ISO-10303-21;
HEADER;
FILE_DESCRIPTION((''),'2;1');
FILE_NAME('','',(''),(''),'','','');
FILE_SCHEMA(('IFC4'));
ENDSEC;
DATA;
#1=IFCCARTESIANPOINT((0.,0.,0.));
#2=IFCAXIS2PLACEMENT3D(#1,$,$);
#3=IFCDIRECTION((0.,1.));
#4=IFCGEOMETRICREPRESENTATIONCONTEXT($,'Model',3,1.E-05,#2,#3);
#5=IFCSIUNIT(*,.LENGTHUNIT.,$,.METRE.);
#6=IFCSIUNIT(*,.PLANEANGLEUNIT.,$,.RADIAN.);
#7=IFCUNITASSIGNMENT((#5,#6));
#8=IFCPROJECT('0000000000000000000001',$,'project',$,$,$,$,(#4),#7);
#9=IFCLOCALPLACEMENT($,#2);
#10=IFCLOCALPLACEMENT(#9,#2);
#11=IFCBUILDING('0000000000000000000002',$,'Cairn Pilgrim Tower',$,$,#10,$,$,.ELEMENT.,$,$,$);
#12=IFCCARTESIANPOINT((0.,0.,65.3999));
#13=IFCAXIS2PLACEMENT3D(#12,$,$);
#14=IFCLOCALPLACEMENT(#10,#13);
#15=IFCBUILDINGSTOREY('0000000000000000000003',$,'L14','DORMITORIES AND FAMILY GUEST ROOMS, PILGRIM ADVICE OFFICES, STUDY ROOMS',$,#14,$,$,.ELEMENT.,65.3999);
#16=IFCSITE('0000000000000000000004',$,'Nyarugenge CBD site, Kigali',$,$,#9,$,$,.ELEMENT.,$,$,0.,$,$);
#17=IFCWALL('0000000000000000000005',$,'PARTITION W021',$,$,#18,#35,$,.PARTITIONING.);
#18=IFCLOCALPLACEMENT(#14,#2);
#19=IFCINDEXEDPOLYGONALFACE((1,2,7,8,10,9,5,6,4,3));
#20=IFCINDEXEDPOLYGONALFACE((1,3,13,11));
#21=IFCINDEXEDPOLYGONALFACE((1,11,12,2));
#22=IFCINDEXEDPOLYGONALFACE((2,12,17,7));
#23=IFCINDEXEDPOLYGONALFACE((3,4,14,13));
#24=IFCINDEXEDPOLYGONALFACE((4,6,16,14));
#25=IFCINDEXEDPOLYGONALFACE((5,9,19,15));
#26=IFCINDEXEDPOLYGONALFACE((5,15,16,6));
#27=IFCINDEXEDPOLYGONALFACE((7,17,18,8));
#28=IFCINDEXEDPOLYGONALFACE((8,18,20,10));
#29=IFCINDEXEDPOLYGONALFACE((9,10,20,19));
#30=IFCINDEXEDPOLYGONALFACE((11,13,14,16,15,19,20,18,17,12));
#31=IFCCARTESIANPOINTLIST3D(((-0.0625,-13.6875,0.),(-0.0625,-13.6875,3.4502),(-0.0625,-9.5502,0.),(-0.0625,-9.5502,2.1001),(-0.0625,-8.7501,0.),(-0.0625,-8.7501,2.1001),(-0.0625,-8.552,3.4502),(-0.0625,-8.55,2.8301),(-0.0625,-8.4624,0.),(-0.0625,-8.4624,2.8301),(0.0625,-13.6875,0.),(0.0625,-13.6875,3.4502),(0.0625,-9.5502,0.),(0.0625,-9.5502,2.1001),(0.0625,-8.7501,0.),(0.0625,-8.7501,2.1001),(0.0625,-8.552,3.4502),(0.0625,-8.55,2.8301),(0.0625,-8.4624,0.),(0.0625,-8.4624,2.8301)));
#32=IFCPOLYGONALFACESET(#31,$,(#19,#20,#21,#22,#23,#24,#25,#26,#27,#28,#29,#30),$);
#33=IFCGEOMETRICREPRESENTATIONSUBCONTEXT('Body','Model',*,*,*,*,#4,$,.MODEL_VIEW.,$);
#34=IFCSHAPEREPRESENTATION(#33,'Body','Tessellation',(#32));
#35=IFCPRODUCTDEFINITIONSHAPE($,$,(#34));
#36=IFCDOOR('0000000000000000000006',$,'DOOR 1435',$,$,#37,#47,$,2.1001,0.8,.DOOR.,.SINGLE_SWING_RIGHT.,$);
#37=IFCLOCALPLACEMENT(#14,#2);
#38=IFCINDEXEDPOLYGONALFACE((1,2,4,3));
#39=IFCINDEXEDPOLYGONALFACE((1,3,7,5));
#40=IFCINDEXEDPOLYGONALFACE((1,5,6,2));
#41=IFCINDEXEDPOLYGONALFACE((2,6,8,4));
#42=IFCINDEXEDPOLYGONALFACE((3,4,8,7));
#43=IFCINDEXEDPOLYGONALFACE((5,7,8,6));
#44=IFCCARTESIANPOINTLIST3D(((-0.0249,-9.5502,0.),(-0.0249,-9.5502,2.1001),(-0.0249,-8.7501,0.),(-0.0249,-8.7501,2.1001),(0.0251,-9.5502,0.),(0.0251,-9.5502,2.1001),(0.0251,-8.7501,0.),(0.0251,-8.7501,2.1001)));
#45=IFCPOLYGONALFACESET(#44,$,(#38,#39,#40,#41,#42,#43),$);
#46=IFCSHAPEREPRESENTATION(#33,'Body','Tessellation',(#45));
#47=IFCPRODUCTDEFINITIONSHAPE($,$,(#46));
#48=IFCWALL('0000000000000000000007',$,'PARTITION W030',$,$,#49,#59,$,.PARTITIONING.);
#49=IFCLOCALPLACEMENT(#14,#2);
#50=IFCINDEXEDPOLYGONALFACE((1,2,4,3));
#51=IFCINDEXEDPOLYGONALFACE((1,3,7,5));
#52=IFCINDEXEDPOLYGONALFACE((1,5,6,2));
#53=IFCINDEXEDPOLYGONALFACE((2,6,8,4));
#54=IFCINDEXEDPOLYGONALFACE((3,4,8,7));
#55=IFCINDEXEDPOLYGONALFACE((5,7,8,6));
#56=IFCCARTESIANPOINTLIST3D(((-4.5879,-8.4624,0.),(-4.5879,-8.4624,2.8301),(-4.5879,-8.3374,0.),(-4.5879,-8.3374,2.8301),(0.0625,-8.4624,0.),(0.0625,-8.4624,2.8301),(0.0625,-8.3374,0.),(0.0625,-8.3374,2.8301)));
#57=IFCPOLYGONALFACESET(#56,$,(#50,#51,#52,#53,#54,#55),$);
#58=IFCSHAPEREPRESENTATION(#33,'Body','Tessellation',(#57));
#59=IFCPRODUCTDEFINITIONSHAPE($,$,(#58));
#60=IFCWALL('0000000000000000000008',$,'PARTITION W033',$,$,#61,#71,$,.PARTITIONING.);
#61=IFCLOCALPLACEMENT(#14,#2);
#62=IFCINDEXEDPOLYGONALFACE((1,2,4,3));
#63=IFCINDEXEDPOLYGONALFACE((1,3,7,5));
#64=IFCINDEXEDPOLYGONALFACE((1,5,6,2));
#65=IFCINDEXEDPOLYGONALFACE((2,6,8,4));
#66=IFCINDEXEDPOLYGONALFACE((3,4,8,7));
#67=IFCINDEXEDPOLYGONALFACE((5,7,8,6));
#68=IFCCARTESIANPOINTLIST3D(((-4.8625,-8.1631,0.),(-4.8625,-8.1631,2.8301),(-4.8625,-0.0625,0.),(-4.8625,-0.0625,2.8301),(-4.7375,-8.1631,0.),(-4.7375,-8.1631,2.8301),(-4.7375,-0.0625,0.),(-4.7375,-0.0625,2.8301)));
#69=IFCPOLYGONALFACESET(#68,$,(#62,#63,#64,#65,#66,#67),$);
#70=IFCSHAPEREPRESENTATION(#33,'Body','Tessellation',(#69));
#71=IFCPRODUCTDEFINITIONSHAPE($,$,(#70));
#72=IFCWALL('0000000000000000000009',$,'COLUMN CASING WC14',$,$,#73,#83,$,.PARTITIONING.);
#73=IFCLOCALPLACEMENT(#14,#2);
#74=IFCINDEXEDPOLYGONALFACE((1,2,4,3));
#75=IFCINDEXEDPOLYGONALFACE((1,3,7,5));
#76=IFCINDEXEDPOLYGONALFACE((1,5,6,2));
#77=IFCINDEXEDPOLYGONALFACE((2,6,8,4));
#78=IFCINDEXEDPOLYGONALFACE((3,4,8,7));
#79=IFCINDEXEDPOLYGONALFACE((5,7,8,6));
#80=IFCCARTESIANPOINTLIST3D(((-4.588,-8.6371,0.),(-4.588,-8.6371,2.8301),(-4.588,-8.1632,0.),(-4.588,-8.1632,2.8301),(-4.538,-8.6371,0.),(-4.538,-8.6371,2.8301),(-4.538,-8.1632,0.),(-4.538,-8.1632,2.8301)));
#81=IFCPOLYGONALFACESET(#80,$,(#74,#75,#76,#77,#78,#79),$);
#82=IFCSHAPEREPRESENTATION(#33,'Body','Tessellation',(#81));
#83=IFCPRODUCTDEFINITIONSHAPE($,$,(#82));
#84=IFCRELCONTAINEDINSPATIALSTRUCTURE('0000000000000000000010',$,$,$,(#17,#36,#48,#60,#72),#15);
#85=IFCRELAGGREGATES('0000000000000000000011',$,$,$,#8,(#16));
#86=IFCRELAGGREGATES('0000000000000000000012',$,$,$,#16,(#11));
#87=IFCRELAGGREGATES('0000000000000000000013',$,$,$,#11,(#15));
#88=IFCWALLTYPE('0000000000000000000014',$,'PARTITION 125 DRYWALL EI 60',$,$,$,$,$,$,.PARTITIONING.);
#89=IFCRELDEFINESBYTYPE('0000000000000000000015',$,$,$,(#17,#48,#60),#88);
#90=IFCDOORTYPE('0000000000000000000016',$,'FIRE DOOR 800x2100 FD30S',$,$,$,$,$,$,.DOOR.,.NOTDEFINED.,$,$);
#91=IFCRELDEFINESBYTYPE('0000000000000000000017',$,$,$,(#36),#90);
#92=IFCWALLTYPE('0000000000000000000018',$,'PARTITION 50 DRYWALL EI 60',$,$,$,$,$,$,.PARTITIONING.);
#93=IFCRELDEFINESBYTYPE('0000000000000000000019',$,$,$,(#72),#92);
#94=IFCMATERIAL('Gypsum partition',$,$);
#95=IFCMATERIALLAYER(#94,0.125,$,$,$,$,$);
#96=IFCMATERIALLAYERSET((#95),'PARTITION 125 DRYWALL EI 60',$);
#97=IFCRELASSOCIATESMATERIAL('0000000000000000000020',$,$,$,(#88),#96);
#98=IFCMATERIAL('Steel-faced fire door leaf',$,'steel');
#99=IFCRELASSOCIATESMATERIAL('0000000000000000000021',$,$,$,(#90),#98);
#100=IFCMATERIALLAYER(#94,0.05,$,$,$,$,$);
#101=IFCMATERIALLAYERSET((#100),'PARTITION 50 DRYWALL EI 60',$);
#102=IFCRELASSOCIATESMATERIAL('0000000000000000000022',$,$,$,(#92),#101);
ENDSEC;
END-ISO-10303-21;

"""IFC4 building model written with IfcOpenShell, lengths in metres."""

from ifc_helpers import new_model, si_unit, direction, frame, frame_2d, origin, place, context, subcontext, project, spatial, polyline, rectangle, outline, extrude, material, layer, layer_set, type_object, element, fill, save


model = new_model("IFC4")

# Units and contexts
model_context = context("Model", 3, precision=1e-05, world=origin(), true_north=direction((0.0, 1.0)))
body_context = subcontext(model_context, "Body", "Model", "MODEL_VIEW")
ifc_project = project(units=[si_unit("LENGTHUNIT", "METRE"), si_unit("PLANEANGLEUNIT", "RADIAN")], contexts=[model_context])

# Site, building, storey
site_placement = place(None, origin())
site = spatial("IfcSite", under=ifc_project, at=site_placement, Name="Nyarugenge CBD site, Kigali", CompositionType="ELEMENT", RefElevation=0.0)
building_placement = place(site_placement, origin())
building = spatial("IfcBuilding", under=site, at=building_placement, Name="Cairn Pilgrim Tower", CompositionType="ELEMENT")
storey_placement = place(building_placement, frame((0.0, 0.0, 65.3999)))
storey = spatial("IfcBuildingStorey", under=building, at=storey_placement, Name="L14", Description="DORMITORIES AND FAMILY GUEST ROOMS, PILGRIM ADVICE OFFICES, STUDY ROOMS", CompositionType="ELEMENT", Elevation=65.3999)

# Wall, opening, door
ifc_material_1 = material(Name="Gypsum partition")
ifc_layer_1 = layer(ifc_material_1, 0.125)
ifc_layer_set_1 = layer_set([ifc_layer_1], Name="PARTITION 125 DRYWALL EI 60")
wall_type_1 = type_object("IfcWallType", Name="PARTITION 125 DRYWALL EI 60", PredefinedType="PARTITIONING", material=ifc_layer_set_1)
wall_1_placement = place(storey_placement, frame((0.0, -13.6875, 0.0), z_axis=(0.0, 0.0, 1.0), x_axis=(0.0, 1.0, 0.0)))
wall_1 = element("IfcWall", 1, at=wall_1_placement, inside=storey, type_object=wall_type_1, Name="PARTITION W021", PredefinedType="PARTITIONING", context=body_context, shape_type="SweptSolid", body=[
    extrude(outline(polyline([(0.0, 0.0), (5.2251, 0.0), (5.2251, 2.8301), (5.1375, 2.8301), (5.1355, 3.4502), (0.0, 3.4502), (0.0, 0.0)])), frame((0.0, 0.0625, 0.0), z_axis=(0.0, -1.0, 0.0), x_axis=(1.0, 0.0, 0.0)), (0.0, 0.0, 1.0), 0.125),
])
opening_1_placement = place(wall_1_placement, frame((4.1375, 0.0, 0.0)))
opening_1 = element("IfcOpeningElement", 2, at=opening_1_placement, cuts=wall_1, PredefinedType="OPENING", context=body_context, shape_type="SweptSolid", body=[
    extrude(rectangle(XDim=0.8, YDim=2.1001, at=frame_2d((0.3999, 1.05))), frame((0.0, 0.0725, 0.0), z_axis=(0.0, -1.0, 0.0), x_axis=(1.0, 0.0, 0.0)), (0.0, 0.0, 1.0), 0.145),
])
ifc_material_2 = material(Name="Steel-faced fire door leaf", Category="steel")
door_type_1 = type_object("IfcDoorType", Name="FIRE DOOR 800x2100 FD30S", OperationType="NOTDEFINED", PredefinedType="DOOR", material=ifc_material_2)
door_1_placement = place(opening_1_placement, origin())
door_1 = element("IfcDoor", 3, at=door_1_placement, inside=storey, type_object=door_type_1, Name="DOOR 1435", OperationType="SINGLE_SWING_RIGHT", OverallHeight=2.1001, OverallWidth=0.8, PredefinedType="DOOR", context=body_context, shape_type="SweptSolid", body=[
    extrude(rectangle(XDim=0.8, YDim=2.1001, at=frame_2d((0.3999, 1.05))), frame((0.0, 0.0249, 0.0), z_axis=(0.0, -1.0, 0.0), x_axis=(1.0, 0.0, 0.0)), (0.0, 0.0, 1.0), 0.05),
])
fill(opening_1, door_1)

# Walls
wall_2_placement = place(storey_placement, frame((-4.5879, -8.3999, 0.0), z_axis=(0.0, 0.0, 1.0), x_axis=(1.0, 0.0, 0.0)))
element("IfcWall", 4, at=wall_2_placement, inside=storey, type_object=wall_type_1, Name="PARTITION W030", PredefinedType="PARTITIONING", context=body_context, shape_type="SweptSolid", body=[
    extrude(rectangle(XDim=4.6504, YDim=0.125, at=frame_2d((2.3252, 0.0))), origin(), (0.0, 0.0, 1.0), 2.8301),
])
wall_3_placement = place(storey_placement, frame((-4.8, -8.1631, 0.0), z_axis=(0.0, 0.0, 1.0), x_axis=(0.0, 1.0, 0.0)))
element("IfcWall", 5, at=wall_3_placement, inside=storey, type_object=wall_type_1, Name="PARTITION W033", PredefinedType="PARTITIONING", context=body_context, shape_type="SweptSolid", body=[
    extrude(rectangle(XDim=8.1006, YDim=0.125, at=frame_2d((4.0503, 0.0))), origin(), (0.0, 0.0, 1.0), 2.8301),
])
ifc_layer_2 = layer(ifc_material_1, 0.05)
ifc_layer_set_2 = layer_set([ifc_layer_2], Name="PARTITION 50 DRYWALL EI 60")
wall_type_2 = type_object("IfcWallType", Name="PARTITION 50 DRYWALL EI 60", PredefinedType="PARTITIONING", material=ifc_layer_set_2)
wall_4_placement = place(storey_placement, frame((-4.563, -8.637, 0.0), z_axis=(0.0, 0.0, 1.0), x_axis=(0.0, 1.0, 0.0)))
element("IfcWall", 6, at=wall_4_placement, inside=storey, type_object=wall_type_2, Name="COLUMN CASING WC14", PredefinedType="PARTITIONING", context=body_context, shape_type="SweptSolid", body=[
    extrude(rectangle(XDim=0.4739, YDim=0.05, at=frame_2d((0.2368, 0.0))), origin(), (0.0, 0.0, 1.0), 2.8301),
])

save(model, "model.ifc")
